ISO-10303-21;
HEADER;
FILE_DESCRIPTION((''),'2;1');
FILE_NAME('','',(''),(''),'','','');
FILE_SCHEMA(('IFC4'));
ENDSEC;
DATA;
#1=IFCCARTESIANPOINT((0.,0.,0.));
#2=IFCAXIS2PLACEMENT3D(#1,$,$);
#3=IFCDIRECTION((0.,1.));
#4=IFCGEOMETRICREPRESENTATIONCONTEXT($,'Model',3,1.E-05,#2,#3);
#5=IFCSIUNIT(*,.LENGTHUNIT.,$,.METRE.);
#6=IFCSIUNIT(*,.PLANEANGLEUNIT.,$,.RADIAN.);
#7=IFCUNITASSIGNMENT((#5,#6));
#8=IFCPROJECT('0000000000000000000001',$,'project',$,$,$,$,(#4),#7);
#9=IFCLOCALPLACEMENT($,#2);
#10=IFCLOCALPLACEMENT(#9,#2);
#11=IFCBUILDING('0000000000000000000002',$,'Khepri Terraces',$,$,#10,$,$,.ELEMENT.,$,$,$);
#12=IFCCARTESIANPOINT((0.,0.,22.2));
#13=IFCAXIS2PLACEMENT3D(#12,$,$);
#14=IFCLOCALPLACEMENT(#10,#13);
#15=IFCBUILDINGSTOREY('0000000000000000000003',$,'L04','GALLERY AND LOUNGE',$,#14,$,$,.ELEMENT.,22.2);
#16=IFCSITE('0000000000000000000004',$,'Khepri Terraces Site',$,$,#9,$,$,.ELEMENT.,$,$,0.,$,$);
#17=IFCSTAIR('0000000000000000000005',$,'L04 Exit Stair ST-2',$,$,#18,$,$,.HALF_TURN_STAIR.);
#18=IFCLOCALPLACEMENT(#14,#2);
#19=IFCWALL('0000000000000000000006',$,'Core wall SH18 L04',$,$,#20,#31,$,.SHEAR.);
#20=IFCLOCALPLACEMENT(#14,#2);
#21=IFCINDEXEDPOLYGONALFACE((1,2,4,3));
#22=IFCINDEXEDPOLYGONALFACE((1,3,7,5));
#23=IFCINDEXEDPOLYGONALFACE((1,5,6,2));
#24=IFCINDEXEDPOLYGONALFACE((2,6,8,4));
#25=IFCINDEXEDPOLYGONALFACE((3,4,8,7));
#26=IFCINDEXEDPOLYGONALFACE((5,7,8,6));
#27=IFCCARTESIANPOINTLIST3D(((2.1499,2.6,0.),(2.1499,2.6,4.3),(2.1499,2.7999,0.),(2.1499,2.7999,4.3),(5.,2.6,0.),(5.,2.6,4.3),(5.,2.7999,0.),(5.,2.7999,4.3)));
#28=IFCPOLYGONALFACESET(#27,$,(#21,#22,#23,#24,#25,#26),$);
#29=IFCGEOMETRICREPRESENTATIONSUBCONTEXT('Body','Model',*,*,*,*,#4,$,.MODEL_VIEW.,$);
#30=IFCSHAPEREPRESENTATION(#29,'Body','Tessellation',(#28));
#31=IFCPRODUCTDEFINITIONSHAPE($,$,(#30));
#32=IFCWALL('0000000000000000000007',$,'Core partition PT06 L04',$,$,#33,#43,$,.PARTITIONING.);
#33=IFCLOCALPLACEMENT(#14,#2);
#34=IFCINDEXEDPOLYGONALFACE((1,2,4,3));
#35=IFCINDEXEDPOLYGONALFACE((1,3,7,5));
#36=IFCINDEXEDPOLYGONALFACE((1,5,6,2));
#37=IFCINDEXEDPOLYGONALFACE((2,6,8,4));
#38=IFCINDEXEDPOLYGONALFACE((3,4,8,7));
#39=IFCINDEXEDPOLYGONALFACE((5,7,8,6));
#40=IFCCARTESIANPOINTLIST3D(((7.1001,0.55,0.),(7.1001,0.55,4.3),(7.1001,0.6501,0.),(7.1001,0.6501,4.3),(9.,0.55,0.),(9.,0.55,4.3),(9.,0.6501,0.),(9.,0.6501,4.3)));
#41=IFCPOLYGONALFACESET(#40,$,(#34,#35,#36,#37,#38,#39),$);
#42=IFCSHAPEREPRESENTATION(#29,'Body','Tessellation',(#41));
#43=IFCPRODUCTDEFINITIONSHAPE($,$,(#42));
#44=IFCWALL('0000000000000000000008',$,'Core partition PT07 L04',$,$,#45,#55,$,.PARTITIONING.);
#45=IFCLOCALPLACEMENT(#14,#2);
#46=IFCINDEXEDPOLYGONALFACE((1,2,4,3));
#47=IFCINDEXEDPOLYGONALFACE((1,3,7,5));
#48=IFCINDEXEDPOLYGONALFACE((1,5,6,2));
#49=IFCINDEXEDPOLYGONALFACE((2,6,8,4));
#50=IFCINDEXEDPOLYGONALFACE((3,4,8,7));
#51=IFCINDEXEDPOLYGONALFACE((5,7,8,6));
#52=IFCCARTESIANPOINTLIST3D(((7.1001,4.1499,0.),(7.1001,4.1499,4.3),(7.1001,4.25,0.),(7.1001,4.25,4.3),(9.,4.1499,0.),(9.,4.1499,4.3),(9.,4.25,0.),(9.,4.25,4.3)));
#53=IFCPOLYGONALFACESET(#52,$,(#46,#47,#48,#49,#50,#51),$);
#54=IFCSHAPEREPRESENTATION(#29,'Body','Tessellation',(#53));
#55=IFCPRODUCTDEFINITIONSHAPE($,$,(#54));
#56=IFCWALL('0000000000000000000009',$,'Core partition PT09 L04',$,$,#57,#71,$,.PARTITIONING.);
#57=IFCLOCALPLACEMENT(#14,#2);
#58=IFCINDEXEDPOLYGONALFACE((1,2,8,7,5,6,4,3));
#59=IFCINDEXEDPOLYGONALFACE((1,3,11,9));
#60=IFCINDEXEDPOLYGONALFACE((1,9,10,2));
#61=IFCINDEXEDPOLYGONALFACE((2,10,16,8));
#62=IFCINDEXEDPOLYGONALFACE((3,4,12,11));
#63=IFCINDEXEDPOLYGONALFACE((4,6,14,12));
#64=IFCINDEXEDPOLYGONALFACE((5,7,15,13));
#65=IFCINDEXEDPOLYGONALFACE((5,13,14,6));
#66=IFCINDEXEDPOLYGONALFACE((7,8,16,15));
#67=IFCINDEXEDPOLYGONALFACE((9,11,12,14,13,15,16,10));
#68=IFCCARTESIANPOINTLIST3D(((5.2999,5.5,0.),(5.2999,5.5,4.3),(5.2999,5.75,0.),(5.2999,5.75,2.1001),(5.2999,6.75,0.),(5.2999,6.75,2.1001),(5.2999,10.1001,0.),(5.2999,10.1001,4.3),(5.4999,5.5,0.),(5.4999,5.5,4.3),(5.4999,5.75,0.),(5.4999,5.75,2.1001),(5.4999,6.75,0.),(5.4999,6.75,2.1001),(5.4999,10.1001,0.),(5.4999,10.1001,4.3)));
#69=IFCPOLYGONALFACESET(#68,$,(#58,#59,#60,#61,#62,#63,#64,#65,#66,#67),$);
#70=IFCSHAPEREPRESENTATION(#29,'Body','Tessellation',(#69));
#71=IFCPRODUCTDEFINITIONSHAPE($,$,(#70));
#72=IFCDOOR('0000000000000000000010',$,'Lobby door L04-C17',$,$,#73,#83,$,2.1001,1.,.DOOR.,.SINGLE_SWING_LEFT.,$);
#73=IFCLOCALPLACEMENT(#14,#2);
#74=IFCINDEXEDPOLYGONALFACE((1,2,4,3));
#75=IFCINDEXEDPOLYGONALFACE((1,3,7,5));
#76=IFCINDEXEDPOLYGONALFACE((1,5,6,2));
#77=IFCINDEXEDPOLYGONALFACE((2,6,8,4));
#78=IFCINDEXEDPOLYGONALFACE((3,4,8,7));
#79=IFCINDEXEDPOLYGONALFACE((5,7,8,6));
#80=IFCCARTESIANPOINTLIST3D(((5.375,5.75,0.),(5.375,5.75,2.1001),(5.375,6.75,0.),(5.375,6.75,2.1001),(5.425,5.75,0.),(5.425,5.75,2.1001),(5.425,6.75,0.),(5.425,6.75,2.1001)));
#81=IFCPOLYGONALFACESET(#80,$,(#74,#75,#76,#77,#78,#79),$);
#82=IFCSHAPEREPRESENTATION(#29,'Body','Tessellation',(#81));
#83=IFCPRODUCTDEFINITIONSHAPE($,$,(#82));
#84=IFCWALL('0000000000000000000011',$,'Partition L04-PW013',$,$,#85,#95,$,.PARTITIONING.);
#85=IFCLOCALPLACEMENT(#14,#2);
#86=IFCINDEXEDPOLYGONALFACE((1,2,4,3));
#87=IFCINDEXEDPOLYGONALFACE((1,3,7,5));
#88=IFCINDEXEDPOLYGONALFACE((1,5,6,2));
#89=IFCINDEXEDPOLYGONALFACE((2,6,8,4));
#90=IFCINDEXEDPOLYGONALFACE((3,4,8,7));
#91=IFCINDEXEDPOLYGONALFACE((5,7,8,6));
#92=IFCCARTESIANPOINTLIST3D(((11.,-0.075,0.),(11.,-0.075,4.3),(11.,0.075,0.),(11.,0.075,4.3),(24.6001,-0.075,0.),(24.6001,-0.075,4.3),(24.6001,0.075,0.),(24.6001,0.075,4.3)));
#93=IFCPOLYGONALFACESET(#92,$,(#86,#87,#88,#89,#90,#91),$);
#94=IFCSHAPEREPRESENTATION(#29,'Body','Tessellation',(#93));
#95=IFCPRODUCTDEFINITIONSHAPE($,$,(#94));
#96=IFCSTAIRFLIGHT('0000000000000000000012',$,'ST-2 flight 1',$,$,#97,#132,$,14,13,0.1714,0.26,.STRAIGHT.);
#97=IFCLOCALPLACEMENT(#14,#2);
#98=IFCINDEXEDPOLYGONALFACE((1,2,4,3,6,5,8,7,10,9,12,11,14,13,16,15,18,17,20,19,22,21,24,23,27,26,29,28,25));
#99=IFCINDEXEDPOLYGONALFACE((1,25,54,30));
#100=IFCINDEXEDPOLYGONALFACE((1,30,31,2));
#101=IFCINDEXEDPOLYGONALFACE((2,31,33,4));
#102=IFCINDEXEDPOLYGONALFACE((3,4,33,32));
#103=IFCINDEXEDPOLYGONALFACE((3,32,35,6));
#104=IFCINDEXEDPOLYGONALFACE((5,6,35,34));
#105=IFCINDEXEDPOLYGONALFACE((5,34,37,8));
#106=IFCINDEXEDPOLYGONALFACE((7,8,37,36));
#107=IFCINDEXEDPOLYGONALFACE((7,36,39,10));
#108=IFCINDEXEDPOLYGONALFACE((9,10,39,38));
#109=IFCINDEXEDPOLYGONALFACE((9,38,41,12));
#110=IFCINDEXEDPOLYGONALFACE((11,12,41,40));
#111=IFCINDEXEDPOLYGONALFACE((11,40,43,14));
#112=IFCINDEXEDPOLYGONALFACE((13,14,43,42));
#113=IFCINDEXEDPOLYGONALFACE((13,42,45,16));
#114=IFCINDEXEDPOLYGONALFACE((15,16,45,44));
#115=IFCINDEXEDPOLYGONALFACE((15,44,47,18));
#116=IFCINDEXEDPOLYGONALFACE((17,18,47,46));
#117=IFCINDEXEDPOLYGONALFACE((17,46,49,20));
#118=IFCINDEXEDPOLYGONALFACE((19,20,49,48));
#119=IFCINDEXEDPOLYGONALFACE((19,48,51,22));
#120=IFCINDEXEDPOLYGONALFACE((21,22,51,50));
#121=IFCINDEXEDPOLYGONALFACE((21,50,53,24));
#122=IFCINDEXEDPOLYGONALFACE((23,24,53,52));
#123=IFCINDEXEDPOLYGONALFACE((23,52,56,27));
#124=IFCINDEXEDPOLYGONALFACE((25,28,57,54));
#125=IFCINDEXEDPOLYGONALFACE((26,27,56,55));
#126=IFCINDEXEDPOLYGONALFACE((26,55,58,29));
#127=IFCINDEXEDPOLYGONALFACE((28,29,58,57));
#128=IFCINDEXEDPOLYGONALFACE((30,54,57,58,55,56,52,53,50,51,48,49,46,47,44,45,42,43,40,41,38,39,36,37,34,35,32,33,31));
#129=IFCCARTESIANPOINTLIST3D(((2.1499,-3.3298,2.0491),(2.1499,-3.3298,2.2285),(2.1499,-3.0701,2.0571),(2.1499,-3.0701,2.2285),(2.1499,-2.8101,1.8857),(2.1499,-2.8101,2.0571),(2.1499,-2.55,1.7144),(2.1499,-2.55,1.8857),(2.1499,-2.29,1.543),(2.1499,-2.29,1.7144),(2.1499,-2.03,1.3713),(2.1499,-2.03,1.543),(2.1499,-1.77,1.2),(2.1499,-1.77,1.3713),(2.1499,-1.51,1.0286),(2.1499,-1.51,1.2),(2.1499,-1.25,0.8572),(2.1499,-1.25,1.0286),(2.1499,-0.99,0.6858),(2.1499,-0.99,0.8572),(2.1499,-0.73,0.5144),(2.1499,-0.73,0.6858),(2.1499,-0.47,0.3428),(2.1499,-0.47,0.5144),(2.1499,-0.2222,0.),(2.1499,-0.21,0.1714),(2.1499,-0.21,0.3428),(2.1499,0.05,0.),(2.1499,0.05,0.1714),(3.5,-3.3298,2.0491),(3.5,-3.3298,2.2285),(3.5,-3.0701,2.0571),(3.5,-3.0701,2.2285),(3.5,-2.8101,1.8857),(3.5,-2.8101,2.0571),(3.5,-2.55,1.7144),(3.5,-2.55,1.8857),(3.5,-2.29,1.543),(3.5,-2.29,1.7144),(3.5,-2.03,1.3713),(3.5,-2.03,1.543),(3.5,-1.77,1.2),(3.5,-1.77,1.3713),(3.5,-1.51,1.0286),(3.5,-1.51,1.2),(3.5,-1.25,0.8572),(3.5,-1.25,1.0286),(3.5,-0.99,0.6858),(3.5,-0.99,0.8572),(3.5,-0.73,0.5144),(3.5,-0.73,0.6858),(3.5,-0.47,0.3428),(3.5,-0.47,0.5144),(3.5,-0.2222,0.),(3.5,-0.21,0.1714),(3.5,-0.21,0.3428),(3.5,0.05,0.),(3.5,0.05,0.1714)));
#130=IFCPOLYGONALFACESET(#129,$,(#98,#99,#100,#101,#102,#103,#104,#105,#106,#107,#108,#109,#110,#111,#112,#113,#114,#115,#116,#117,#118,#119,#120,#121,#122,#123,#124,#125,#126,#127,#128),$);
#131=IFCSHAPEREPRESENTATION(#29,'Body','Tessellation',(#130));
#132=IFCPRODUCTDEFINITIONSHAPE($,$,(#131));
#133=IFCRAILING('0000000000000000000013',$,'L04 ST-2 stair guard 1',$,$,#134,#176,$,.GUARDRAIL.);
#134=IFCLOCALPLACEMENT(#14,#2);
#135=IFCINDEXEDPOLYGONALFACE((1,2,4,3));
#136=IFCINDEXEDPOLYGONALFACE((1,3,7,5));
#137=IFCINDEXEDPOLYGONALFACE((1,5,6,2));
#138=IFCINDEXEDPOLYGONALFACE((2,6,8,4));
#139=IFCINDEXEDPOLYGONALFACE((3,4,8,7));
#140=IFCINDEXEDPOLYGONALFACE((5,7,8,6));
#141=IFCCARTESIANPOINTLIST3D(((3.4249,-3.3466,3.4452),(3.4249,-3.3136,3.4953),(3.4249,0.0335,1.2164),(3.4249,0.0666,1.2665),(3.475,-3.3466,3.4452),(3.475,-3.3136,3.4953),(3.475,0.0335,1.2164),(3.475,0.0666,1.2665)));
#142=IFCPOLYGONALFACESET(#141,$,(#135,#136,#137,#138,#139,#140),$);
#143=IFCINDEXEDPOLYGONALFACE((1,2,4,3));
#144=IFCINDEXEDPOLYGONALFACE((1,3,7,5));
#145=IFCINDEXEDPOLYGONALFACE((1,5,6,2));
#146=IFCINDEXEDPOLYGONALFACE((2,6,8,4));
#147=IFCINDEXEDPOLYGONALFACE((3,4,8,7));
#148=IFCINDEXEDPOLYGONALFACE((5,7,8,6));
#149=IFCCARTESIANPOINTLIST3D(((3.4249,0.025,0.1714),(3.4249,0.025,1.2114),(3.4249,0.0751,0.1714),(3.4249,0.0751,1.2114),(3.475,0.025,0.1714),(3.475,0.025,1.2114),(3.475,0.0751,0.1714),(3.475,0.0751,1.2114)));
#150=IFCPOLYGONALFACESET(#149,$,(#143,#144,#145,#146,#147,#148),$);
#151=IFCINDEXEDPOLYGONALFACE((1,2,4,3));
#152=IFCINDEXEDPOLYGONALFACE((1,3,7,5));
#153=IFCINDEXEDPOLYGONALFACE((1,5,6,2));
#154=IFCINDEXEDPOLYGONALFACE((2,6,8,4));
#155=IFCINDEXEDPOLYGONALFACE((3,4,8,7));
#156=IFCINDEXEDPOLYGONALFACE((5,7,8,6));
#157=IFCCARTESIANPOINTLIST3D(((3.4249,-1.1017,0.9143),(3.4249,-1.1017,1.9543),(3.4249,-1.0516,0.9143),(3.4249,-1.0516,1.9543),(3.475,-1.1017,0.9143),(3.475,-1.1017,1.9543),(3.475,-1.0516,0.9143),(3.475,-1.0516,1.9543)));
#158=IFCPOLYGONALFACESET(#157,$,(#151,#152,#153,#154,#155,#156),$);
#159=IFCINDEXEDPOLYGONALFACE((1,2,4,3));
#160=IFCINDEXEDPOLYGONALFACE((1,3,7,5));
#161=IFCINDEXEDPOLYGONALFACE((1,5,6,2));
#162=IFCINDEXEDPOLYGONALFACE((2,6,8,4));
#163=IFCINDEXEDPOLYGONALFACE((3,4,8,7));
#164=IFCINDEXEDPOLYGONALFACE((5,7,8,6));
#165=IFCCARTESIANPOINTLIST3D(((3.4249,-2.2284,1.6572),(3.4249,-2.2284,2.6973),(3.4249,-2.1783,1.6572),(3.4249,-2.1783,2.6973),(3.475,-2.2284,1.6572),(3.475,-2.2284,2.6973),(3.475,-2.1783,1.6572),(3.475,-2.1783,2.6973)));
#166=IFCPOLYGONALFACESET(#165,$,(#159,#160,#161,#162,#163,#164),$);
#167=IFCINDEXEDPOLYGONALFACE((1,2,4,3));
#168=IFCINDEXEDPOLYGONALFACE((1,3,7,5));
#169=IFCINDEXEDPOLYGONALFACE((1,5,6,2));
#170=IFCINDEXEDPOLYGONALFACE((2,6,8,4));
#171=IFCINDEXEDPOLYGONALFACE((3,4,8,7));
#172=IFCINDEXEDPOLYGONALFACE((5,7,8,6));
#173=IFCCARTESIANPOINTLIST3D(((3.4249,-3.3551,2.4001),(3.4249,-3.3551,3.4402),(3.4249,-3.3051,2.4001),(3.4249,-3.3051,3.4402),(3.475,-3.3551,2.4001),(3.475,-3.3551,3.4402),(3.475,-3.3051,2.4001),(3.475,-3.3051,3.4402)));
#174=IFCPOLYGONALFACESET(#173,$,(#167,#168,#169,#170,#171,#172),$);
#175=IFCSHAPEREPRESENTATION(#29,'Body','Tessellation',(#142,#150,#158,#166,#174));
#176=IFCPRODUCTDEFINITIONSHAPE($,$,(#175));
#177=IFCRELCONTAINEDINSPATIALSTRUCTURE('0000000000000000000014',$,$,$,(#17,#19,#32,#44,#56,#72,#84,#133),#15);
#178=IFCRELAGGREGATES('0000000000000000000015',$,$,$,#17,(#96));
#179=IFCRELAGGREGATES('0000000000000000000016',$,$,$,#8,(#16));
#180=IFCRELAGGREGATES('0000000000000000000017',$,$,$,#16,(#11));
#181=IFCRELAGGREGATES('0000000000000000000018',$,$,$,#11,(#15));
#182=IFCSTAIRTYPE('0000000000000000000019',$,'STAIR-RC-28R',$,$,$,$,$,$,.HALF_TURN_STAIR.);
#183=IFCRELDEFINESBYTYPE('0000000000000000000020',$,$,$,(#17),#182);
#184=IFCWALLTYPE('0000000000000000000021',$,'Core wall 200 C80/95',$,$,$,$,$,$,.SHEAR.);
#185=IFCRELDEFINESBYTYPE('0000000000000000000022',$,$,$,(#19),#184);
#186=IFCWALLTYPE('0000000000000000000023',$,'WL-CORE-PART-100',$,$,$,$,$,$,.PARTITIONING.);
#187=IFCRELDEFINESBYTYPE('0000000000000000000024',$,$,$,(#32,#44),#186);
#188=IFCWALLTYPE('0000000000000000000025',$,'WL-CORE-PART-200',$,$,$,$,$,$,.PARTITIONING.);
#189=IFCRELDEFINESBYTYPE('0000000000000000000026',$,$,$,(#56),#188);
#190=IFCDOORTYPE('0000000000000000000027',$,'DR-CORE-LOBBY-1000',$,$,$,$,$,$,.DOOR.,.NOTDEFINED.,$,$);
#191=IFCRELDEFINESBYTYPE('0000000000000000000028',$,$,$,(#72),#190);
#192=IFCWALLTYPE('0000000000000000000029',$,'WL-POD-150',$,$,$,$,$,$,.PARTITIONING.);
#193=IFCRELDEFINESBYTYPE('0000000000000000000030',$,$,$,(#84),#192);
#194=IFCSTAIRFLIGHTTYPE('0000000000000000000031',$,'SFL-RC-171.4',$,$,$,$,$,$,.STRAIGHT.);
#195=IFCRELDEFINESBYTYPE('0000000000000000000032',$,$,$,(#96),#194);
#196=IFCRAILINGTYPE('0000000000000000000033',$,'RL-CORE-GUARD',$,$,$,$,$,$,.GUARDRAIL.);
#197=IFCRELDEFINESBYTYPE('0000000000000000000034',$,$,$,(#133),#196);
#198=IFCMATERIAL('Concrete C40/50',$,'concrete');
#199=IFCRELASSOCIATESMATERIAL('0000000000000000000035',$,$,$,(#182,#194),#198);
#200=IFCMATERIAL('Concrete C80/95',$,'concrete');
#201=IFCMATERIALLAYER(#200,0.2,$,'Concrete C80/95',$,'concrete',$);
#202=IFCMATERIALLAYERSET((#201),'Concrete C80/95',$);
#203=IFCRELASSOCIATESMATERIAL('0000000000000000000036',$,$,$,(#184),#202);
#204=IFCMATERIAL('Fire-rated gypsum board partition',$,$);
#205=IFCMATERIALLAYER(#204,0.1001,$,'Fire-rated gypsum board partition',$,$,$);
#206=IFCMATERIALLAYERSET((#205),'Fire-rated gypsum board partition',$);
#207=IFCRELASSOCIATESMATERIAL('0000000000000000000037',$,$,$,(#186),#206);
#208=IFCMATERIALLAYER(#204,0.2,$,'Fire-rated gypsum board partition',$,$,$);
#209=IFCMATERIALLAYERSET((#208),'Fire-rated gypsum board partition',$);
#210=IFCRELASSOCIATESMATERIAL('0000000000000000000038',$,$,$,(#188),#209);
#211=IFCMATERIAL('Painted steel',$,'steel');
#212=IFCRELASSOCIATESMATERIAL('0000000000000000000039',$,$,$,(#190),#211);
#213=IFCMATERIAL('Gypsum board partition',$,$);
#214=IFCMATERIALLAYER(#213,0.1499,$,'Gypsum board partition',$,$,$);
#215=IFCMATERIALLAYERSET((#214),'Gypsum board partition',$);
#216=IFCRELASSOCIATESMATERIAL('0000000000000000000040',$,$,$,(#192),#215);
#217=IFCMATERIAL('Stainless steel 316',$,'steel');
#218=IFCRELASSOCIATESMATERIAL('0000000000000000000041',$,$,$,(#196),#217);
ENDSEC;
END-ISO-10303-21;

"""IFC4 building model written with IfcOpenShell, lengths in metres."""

from ifc_helpers import new_model, si_unit, direction, frame, frame_2d, origin, origin_2d, place, context, subcontext, project, spatial, polyline, rectangle, outline, extrude, material, layer, layer_set, type_object, element, fill, aggregate, save


model = new_model("IFC4")

# Units and contexts
model_context = context("Model", 3, precision=1e-05, world=origin(), true_north=direction((0.0, 1.0)))
body_context = subcontext(model_context, "Body", "Model", "MODEL_VIEW")
ifc_project = project(units=[si_unit("LENGTHUNIT", "METRE"), si_unit("PLANEANGLEUNIT", "RADIAN")], contexts=[model_context])

# Site, building, storey
site_placement = place(None, origin())
site = spatial("IfcSite", under=ifc_project, at=site_placement, Name="Khepri Terraces Site", CompositionType="ELEMENT", RefElevation=0.0)
building_placement = place(site_placement, origin())
building = spatial("IfcBuilding", under=site, at=building_placement, Name="Khepri Terraces", CompositionType="ELEMENT")
storey_placement = place(building_placement, frame((0.0, 0.0, 22.2)))
storey = spatial("IfcBuildingStorey", under=building, at=storey_placement, Name="L04", Description="GALLERY AND LOUNGE", CompositionType="ELEMENT", Elevation=22.2)

# Stair
ifc_material_1 = material(Name="Concrete C40/50", Category="concrete")
stair_type = type_object("IfcStairType", Name="STAIR-RC-28R", PredefinedType="HALF_TURN_STAIR", material=ifc_material_1)
stair_1_placement = place(storey_placement, origin())
stair_1 = element("IfcStair", 1, at=stair_1_placement, inside=storey, type_object=stair_type, Name="L04 Exit Stair ST-2", PredefinedType="HALF_TURN_STAIR")

# Shared definitions
ifc_material_2 = material(Name="Concrete C80/95", Category="concrete")
ifc_layer_1 = layer(ifc_material_2, 0.2, Name="Concrete C80/95", Category="concrete")
ifc_layer_set_1 = layer_set([ifc_layer_1], Name="Concrete C80/95")
wall_type_1 = type_object("IfcWallType", Name="Core wall 200 C80/95", PredefinedType="SHEAR", material=ifc_layer_set_1)

# Shared definitions
ifc_material_3 = material(Name="Painted steel", Category="steel")

# Walls
wall_1_placement = place(storey_placement, frame((2.1499, 2.7, 0.0), z_axis=(0.0, 0.0, 1.0), x_axis=(1.0, 0.0, 0.0)))
element("IfcWall", 2, at=wall_1_placement, inside=storey, type_object=wall_type_1, Name="Core wall SH18 L04", PredefinedType="SHEAR", context=body_context, shape_type="SweptSolid", body=[
    extrude(rectangle(XDim=2.8501, YDim=0.2, at=frame_2d((1.425, 0.0))), origin(), (0.0, 0.0, 1.0), 4.3),
])
ifc_material_4 = material(Name="Fire-rated gypsum board partition")
ifc_layer_2 = layer(ifc_material_4, 0.1001, Name="Fire-rated gypsum board partition")
ifc_layer_set_2 = layer_set([ifc_layer_2], Name="Fire-rated gypsum board partition")
wall_type_2 = type_object("IfcWallType", Name="WL-CORE-PART-100", PredefinedType="PARTITIONING", material=ifc_layer_set_2)
for number, where, z_axis, x_axis, name in (
    (3, (7.1001, 0.6001, 0.0), (0.0, 0.0, 1.0), (1.0, 0.0, 0.0), "Core partition PT06 L04"),
    (4, (7.1001, 4.2, 0.0), (0.0, 0.0, 1.0), (1.0, 0.0, 0.0), "Core partition PT07 L04"),
):
    element("IfcWall", number, at=place(storey_placement, frame(where, z_axis=z_axis, x_axis=x_axis)), inside=storey, type_object=wall_type_2, Name=name, PredefinedType="PARTITIONING", context=body_context, shape_type="SweptSolid", body=[
        extrude(rectangle(XDim=1.8999, YDim=0.1001, at=frame_2d((0.95, 0.0))), origin(), (0.0, 0.0, 1.0), 4.3),
    ])

# Wall, opening, door
ifc_layer_3 = layer(ifc_material_4, 0.2, Name="Fire-rated gypsum board partition")
ifc_layer_set_3 = layer_set([ifc_layer_3], Name="Fire-rated gypsum board partition")
wall_type_3 = type_object("IfcWallType", Name="WL-CORE-PART-200", PredefinedType="PARTITIONING", material=ifc_layer_set_3)
wall_2_placement = place(storey_placement, frame((5.3999, 5.5, 0.0), z_axis=(0.0, 0.0, 1.0), x_axis=(0.0, 1.0, 0.0)))
wall_2 = element("IfcWall", 5, at=wall_2_placement, inside=storey, type_object=wall_type_3, Name="Core partition PT09 L04", PredefinedType="PARTITIONING", context=body_context, shape_type="SweptSolid", body=[
    extrude(rectangle(XDim=4.6001, YDim=0.2, at=frame_2d((2.3, 0.0))), origin(), (0.0, 0.0, 1.0), 4.3),
])
opening_1_placement = place(wall_2_placement, frame((0.25, 0.0, 0.0)))
opening_1 = element("IfcOpeningElement", 6, at=opening_1_placement, cuts=wall_2, PredefinedType="OPENING", context=body_context, shape_type="SweptSolid", body=[
    extrude(rectangle(XDim=1.0, YDim=2.1001, at=frame_2d((0.5, 1.05))), frame((0.0, 0.1099, 0.0), z_axis=(0.0, -1.0, 0.0), x_axis=(1.0, 0.0, 0.0)), (0.0, 0.0, 1.0), 0.22),
])
door_type_1 = type_object("IfcDoorType", Name="DR-CORE-LOBBY-1000", OperationType="NOTDEFINED", PredefinedType="DOOR", material=ifc_material_3)
door_1_placement = place(opening_1_placement, origin())
door_1 = element("IfcDoor", 7, at=door_1_placement, inside=storey, type_object=door_type_1, Name="Lobby door L04-C17", OperationType="SINGLE_SWING_LEFT", OverallHeight=2.1001, OverallWidth=1.0, PredefinedType="DOOR", context=body_context, shape_type="SweptSolid", body=[
    extrude(rectangle(XDim=1.0, YDim=2.1001, at=frame_2d((0.5, 1.05))), frame((0.0, 0.0249, 0.0), z_axis=(0.0, -1.0, 0.0), x_axis=(1.0, 0.0, 0.0)), (0.0, 0.0, 1.0), 0.05),
])
fill(opening_1, door_1)

# Wall
ifc_material_5 = material(Name="Gypsum board partition")
ifc_layer_4 = layer(ifc_material_5, 0.1499, Name="Gypsum board partition")
ifc_layer_set_4 = layer_set([ifc_layer_4], Name="Gypsum board partition")
wall_type_4 = type_object("IfcWallType", Name="WL-POD-150", PredefinedType="PARTITIONING", material=ifc_layer_set_4)
wall_3_placement = place(storey_placement, frame((11.0, 0.0, 0.0), z_axis=(0.0, 0.0, 1.0), x_axis=(1.0, 0.0, 0.0)))
element("IfcWall", 8, at=wall_3_placement, inside=storey, type_object=wall_type_4, Name="Partition L04-PW013", PredefinedType="PARTITIONING", context=body_context, shape_type="SweptSolid", body=[
    extrude(rectangle(XDim=13.6001, YDim=0.1499, at=frame_2d((6.8, 0.0))), origin(), (0.0, 0.0, 1.0), 4.3),
])

# Stair flight
stair_flight_type = type_object("IfcStairFlightType", Name="SFL-RC-171.4", PredefinedType="STRAIGHT", material=ifc_material_1)
stair_flight_placement = place(storey_placement, frame((2.825, 0.05, 0.0), z_axis=(0.0, 0.0, 1.0), x_axis=(0.0, -1.0, 0.0)))
stair_flight = element("IfcStairFlight", 9, at=stair_flight_placement, type_object=stair_flight_type, Name="ST-2 flight 1", NumberOfRisers=14, NumberOfTreads=13, PredefinedType="STRAIGHT", RiserHeight=0.1714, TreadLength=0.26, context=body_context, shape_type="SweptSolid", body=[
    extrude(outline(polyline([(0.0, 0.0), (0.0, 0.1714), (0.26, 0.1714), (0.26, 0.3428), (0.52, 0.3428), (0.52, 0.5144), (0.78, 0.5144), (0.78, 0.6858), (1.04, 0.6858), (1.04, 0.8572), (1.3, 0.8572), (1.3, 1.0286), (1.5601, 1.0286), (1.5601, 1.2), (1.8201, 1.2), (1.8201, 1.3713), (2.0801, 1.3713), (2.0801, 1.543), (2.3401, 1.543), (2.3401, 1.7144), (2.6001, 1.7144), (2.6001, 1.8857), (2.8601, 1.8857), (2.8601, 2.0571), (3.1201, 2.0571), (3.1201, 2.2285), (3.3799, 2.2285), (3.3799, 2.3999), (3.3799, 2.0491), (0.2722, 0.0), (0.0, 0.0)])), frame((0.0, 0.675, 0.0), z_axis=(0.0, -1.0, 0.0), x_axis=(1.0, 0.0, 0.0)), (0.0, 0.0, 1.0), 1.3501),
])
aggregate(stair_1, [stair_flight])

# Railing
ifc_material_6 = material(Name="Stainless steel 316", Category="steel")
railing_type_1 = type_object("IfcRailingType", Name="RL-CORE-GUARD", PredefinedType="GUARDRAIL", material=ifc_material_6)
railing_1_placement = place(storey_placement, frame((3.45, 0.05, 0.1714)))
element("IfcRailing", 10, at=railing_1_placement, inside=storey, type_object=railing_type_1, Name="L04 ST-2 stair guard 1", PredefinedType="GUARDRAIL", context=body_context, shape_type="SweptSolid", body=[
    extrude(rectangle(XDim=0.05, YDim=0.0601, at=origin_2d()), frame((0.0, 0.0, 1.0701), z_axis=(0.0, -0.834851, 0.550477), x_axis=(1.0, 0.0, 0.0)), (0.0, 0.0, 1.0), 4.0488),
    extrude(rectangle(XDim=0.05, YDim=0.05, at=origin_2d()), origin(), (0.0, 0.0, 1.0), 1.04),
    extrude(rectangle(XDim=0.05, YDim=0.05, at=origin_2d()), frame((0.0, -1.1267, 0.7429)), (0.0, 0.0, 1.0), 1.04),
    extrude(rectangle(XDim=0.05, YDim=0.05, at=origin_2d()), frame((0.0, -2.2534, 1.4858)), (0.0, 0.0, 1.0), 1.04),
    extrude(rectangle(XDim=0.05, YDim=0.05, at=origin_2d()), frame((0.0, -3.3801, 2.2288)), (0.0, 0.0, 1.0), 1.04),
])

save(model, "model.ifc")
